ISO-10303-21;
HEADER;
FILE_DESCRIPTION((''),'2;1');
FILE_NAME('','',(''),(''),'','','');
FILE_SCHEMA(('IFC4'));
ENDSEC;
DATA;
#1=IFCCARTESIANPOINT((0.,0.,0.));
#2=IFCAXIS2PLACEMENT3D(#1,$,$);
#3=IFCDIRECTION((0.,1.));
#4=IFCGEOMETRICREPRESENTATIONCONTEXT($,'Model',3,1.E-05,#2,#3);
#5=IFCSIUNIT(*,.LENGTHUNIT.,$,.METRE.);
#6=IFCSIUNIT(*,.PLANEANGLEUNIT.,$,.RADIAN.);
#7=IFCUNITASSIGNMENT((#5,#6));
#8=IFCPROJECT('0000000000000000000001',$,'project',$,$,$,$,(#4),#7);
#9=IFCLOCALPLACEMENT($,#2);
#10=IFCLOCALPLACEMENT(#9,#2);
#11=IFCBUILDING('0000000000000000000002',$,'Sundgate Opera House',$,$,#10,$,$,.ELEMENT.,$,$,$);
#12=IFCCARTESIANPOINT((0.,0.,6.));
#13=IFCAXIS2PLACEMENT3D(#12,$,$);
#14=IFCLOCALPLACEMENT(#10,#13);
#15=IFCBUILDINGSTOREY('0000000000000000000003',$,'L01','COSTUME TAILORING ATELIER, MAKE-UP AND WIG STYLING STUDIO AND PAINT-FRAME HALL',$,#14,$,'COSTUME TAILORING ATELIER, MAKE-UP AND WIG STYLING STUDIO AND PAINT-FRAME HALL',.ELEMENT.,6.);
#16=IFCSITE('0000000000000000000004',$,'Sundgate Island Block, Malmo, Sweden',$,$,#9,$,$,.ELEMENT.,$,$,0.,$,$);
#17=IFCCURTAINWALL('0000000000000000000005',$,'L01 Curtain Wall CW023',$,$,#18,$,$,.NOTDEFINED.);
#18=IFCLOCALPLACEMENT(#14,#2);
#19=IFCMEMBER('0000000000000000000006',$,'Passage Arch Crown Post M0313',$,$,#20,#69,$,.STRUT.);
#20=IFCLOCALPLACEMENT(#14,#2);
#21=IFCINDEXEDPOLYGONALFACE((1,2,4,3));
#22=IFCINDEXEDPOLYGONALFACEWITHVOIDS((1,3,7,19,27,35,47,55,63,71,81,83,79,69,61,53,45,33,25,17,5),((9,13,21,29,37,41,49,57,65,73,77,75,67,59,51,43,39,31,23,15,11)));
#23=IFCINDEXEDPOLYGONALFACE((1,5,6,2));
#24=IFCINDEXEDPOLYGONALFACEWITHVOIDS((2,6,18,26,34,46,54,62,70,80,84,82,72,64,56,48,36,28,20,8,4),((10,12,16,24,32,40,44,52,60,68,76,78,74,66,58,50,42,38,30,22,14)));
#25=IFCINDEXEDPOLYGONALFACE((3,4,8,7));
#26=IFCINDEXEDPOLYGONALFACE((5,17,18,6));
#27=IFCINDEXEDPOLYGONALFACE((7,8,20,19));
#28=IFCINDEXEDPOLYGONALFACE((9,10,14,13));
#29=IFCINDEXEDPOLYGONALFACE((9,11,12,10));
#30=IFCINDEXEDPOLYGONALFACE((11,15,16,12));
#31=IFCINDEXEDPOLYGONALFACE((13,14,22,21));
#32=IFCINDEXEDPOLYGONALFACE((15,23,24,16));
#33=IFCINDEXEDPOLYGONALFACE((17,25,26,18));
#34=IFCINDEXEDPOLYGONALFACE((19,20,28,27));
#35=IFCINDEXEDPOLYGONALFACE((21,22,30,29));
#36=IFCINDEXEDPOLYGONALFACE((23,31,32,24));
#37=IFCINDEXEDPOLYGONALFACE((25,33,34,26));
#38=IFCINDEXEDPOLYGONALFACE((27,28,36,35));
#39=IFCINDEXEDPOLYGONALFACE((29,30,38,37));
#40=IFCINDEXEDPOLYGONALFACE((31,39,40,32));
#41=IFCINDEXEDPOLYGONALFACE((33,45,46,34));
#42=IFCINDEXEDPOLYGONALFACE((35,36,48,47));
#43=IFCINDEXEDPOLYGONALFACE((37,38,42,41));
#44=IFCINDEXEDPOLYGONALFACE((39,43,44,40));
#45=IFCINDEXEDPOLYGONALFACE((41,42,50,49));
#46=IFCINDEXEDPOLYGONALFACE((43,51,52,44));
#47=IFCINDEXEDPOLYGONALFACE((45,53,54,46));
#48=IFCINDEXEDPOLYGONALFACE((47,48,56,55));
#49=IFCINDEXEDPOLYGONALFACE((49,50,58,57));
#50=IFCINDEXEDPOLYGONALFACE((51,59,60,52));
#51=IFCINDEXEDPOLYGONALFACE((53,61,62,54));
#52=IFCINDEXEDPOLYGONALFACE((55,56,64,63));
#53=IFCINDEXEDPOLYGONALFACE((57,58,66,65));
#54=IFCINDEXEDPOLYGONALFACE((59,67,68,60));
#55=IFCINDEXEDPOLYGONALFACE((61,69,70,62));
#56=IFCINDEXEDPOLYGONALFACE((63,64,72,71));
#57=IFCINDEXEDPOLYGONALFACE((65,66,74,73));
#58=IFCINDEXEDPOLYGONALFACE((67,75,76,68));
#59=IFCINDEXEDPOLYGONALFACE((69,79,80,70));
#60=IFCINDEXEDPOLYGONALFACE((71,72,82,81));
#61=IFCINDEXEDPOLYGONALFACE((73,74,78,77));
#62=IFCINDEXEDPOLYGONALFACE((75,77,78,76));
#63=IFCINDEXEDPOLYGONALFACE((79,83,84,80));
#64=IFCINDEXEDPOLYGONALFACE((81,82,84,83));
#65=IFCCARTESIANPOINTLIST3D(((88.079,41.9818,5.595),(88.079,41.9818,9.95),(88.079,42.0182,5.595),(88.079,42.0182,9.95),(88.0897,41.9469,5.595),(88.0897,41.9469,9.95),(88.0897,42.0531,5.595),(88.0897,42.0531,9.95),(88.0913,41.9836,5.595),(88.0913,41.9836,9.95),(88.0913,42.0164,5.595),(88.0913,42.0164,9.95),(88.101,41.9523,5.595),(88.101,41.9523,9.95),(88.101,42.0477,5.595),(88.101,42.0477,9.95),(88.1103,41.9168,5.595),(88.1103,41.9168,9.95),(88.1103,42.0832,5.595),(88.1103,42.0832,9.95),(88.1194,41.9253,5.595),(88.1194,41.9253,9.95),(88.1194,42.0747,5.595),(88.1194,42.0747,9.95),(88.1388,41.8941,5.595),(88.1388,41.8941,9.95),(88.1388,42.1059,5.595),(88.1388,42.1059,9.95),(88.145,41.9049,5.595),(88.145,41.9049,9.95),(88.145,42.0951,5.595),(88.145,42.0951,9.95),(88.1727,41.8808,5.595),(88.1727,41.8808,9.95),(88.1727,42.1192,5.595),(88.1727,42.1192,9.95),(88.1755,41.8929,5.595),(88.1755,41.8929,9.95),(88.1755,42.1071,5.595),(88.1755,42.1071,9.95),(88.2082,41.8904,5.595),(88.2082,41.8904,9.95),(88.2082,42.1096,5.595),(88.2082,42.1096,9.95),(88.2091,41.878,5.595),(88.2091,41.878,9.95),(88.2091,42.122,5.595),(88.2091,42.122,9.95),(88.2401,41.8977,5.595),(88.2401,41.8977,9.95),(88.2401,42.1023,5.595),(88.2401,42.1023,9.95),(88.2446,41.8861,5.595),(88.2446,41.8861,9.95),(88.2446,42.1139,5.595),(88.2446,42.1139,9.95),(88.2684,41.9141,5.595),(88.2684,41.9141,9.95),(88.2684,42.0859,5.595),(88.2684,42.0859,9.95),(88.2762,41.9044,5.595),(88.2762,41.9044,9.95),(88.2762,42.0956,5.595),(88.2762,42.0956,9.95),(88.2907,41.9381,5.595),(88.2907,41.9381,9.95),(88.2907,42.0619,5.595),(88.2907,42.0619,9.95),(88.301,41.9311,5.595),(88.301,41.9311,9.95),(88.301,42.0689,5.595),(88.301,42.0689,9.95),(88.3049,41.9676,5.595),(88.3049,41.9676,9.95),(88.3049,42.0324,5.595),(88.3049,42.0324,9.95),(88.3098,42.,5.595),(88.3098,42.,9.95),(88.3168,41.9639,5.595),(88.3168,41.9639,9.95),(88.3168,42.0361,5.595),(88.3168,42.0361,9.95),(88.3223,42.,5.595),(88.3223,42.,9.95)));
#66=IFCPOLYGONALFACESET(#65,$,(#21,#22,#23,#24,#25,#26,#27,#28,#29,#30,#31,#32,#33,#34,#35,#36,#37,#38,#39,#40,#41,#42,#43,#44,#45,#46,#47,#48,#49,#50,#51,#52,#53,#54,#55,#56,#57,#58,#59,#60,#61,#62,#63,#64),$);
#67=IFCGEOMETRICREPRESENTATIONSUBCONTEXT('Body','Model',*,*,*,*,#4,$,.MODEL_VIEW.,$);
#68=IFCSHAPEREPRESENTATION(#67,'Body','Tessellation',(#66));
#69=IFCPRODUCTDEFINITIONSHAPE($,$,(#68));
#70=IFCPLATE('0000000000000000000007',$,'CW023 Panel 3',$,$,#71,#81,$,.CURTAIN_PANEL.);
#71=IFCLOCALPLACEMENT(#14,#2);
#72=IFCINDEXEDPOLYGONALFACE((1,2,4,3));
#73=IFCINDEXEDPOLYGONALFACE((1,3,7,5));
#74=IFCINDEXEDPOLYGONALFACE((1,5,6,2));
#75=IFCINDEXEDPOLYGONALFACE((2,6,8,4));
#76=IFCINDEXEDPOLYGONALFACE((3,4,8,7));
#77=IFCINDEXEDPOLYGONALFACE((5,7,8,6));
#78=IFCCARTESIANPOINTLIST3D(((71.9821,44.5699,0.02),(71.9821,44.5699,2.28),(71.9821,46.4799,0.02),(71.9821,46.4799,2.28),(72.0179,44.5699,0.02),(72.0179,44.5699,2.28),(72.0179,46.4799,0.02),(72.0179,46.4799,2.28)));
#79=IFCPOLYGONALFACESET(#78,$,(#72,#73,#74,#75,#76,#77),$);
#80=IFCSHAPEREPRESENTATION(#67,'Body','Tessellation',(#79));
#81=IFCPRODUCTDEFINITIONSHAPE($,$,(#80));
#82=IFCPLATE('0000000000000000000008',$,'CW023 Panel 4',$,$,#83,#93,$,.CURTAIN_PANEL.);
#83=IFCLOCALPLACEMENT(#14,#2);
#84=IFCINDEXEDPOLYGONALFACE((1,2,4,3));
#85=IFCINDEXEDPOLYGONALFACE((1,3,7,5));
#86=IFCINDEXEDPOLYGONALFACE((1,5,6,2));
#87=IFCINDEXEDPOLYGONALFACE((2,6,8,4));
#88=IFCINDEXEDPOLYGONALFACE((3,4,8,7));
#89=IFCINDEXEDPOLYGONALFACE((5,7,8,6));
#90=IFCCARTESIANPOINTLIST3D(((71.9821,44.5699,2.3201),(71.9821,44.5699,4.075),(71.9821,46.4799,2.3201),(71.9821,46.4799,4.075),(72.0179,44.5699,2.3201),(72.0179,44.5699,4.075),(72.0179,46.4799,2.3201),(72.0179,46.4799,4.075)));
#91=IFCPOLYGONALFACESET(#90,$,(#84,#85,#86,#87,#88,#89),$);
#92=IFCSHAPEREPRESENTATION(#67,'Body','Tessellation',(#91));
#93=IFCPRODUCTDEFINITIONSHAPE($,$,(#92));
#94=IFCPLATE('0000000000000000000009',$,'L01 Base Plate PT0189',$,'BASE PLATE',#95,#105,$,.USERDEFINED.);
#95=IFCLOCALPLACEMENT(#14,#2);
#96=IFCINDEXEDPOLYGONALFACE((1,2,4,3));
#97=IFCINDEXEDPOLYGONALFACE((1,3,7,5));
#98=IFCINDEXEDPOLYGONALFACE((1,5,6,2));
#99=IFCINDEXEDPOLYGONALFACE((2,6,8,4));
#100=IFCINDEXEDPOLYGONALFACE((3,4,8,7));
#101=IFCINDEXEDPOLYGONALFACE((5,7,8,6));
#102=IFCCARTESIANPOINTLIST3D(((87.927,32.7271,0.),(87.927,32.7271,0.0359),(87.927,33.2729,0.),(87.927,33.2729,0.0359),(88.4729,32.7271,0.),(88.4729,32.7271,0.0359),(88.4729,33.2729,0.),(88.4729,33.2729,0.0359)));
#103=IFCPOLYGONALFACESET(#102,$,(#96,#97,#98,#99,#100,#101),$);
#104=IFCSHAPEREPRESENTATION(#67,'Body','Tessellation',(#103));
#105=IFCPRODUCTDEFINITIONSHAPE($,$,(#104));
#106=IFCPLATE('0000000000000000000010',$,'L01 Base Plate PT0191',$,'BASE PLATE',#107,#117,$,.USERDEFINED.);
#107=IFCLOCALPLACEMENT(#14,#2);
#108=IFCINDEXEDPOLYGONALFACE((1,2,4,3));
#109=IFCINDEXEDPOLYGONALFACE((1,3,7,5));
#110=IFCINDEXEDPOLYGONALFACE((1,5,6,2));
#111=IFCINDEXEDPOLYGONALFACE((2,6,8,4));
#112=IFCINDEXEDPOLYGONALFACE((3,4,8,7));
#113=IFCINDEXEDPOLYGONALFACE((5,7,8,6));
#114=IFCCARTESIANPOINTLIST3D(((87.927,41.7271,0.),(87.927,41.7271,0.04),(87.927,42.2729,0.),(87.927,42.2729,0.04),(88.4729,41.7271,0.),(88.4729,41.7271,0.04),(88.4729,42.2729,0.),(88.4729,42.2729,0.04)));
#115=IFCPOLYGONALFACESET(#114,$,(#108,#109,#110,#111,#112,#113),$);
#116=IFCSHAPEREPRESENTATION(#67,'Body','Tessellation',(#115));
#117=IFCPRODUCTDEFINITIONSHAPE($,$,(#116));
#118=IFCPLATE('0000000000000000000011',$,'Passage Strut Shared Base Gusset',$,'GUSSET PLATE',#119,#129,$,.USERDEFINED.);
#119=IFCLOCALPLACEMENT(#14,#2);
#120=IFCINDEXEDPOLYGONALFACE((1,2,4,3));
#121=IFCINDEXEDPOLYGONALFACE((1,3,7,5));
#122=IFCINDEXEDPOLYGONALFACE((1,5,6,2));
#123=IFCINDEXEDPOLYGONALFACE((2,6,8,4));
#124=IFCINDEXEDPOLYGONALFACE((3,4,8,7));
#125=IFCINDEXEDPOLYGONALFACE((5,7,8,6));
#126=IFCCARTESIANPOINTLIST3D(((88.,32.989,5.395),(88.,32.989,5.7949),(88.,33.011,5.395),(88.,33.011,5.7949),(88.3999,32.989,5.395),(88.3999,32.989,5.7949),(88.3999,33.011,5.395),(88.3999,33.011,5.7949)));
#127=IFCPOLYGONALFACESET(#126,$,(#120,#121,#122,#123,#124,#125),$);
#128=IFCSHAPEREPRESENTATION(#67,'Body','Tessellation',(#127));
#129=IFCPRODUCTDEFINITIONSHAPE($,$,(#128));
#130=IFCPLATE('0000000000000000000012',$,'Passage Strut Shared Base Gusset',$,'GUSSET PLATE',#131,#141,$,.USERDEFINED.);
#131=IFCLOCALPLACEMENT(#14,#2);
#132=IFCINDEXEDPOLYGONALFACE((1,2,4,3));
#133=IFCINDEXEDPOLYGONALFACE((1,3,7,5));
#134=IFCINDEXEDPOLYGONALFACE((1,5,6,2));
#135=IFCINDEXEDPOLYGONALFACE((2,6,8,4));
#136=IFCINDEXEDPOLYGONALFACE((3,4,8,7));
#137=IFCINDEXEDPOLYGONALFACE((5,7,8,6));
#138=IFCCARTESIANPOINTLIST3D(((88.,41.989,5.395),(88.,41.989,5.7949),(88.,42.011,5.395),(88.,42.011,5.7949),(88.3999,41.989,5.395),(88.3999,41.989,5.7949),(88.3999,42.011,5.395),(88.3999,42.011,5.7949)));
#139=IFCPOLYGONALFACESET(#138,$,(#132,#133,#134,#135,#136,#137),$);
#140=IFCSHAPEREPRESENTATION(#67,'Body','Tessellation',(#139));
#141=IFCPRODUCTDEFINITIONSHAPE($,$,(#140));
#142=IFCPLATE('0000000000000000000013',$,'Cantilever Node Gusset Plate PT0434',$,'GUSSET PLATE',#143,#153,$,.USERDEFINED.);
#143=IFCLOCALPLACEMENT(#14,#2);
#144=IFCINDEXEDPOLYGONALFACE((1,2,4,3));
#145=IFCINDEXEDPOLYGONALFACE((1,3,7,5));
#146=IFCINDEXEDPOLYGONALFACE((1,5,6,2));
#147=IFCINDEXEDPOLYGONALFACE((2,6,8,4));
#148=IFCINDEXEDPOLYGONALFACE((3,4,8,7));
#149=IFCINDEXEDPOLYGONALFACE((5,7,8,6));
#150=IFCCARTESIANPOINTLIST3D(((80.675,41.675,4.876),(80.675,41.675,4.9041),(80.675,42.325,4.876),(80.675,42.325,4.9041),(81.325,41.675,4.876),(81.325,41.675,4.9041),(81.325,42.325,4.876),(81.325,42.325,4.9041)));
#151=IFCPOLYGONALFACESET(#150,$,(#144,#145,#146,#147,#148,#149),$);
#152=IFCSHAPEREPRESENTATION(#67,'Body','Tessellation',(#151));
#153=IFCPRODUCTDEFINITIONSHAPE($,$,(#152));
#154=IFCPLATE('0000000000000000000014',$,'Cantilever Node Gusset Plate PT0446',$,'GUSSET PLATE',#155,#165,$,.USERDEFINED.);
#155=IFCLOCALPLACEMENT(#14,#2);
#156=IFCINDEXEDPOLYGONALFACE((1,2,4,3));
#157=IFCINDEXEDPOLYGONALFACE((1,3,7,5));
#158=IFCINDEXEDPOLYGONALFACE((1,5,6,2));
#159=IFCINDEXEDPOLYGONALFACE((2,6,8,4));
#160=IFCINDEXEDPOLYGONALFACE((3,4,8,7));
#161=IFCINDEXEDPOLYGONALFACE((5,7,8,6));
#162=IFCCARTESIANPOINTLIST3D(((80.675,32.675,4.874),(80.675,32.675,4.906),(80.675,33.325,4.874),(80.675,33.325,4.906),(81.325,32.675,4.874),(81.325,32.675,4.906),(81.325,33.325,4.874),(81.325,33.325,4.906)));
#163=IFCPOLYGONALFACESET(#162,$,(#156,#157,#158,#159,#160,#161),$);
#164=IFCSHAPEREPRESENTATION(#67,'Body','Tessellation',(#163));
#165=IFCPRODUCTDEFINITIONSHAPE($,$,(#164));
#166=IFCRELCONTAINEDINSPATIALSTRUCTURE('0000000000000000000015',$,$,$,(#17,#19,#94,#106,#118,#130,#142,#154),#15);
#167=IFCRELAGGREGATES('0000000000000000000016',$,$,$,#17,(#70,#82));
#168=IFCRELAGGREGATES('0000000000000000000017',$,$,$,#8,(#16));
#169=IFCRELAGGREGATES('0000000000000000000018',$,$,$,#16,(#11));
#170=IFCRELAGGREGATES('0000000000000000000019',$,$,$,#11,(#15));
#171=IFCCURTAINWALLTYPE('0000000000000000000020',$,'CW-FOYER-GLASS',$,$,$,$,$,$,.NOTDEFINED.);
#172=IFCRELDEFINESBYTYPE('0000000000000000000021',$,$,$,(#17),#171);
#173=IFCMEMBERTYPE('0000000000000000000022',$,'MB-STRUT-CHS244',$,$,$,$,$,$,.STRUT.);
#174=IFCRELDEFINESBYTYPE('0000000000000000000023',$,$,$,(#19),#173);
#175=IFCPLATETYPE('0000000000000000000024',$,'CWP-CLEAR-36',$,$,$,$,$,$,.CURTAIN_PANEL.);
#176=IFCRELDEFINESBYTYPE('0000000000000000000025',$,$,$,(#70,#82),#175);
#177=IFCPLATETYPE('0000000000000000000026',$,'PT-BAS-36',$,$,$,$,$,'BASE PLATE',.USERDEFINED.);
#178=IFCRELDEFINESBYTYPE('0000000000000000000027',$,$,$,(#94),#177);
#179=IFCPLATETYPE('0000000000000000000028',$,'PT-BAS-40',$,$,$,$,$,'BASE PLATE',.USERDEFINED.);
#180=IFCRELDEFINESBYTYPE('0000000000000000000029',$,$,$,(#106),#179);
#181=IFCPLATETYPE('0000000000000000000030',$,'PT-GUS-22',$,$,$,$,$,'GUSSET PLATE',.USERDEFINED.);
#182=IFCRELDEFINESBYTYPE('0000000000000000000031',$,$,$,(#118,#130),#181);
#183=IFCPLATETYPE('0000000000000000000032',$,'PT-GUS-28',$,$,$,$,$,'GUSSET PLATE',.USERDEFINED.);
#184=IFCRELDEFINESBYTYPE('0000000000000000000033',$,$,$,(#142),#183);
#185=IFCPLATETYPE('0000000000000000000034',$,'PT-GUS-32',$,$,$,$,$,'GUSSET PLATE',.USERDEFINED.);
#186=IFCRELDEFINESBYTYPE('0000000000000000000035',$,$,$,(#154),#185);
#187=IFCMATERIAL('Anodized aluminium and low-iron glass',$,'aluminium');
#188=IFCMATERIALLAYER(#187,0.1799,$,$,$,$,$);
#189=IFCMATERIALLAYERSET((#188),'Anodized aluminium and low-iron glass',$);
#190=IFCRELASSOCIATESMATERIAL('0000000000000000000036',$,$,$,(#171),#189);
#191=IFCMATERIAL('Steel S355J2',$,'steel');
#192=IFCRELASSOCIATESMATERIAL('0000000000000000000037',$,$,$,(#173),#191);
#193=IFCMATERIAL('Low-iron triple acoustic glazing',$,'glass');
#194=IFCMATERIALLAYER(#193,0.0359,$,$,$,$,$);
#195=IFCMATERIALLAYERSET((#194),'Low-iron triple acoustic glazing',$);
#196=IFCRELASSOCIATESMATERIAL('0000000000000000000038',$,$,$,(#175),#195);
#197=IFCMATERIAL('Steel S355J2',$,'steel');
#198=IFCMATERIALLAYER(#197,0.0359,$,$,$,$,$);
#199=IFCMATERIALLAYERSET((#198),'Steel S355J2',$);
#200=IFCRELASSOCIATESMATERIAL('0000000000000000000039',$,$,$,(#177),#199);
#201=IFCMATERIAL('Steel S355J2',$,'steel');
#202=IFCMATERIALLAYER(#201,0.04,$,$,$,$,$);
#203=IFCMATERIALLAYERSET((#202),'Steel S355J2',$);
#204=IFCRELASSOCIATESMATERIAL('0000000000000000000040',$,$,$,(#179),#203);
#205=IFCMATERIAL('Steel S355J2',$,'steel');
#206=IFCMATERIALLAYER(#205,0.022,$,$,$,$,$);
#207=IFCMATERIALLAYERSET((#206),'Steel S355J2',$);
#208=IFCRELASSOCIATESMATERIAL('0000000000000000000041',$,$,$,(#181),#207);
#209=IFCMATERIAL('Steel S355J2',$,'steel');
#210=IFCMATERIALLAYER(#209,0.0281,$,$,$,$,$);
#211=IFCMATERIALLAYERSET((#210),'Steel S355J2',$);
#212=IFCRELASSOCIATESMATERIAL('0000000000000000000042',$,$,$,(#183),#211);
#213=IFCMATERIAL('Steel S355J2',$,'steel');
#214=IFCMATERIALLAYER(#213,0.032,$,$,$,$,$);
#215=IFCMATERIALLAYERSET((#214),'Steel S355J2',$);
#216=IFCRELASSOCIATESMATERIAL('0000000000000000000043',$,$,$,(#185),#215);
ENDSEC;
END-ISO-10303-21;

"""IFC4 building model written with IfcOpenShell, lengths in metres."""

from ifc_helpers import new_model, si_unit, direction, frame, origin, origin_2d, place, context, subcontext, project, spatial, rectangle, hollow_circle, extrude, material, layer, layer_set, material_profile, profile_set, type_object, element, aggregate, save


model = new_model("IFC4")

# Units and contexts
model_context = context("Model", 3, precision=1e-05, world=origin(), true_north=direction((0.0, 1.0)))
body_context = subcontext(model_context, "Body", "Model", "MODEL_VIEW")
ifc_project = project(units=[si_unit("LENGTHUNIT", "METRE"), si_unit("PLANEANGLEUNIT", "RADIAN")], contexts=[model_context])

# Site, building, storey
site_placement = place(None, origin())
site = spatial("IfcSite", under=ifc_project, at=site_placement, Name="Sundgate Island Block, Malmo, Sweden", CompositionType="ELEMENT", RefElevation=0.0)
building_placement = place(site_placement, origin())
building = spatial("IfcBuilding", under=site, at=building_placement, Name="Sundgate Opera House", CompositionType="ELEMENT")
storey_placement = place(building_placement, frame((0.0, 0.0, 6.0)))
storey = spatial("IfcBuildingStorey", under=building, at=storey_placement, Name="L01", Description="COSTUME TAILORING ATELIER, MAKE-UP AND WIG STYLING STUDIO AND PAINT-FRAME HALL", LongName="COSTUME TAILORING ATELIER, MAKE-UP AND WIG STYLING STUDIO AND PAINT-FRAME HALL", CompositionType="ELEMENT", Elevation=6.0)

# Curtain wall
ifc_material_1 = material(Name="Anodized aluminium and low-iron glass", Category="aluminium")
ifc_layer_1 = layer(ifc_material_1, 0.1799)
ifc_layer_set_1 = layer_set([ifc_layer_1], Name="Anodized aluminium and low-iron glass")
curtain_wall_type = type_object("IfcCurtainWallType", Name="CW-FOYER-GLASS", PredefinedType="NOTDEFINED", material=ifc_layer_set_1)
curtain_wall_placement = place(storey_placement, origin())
curtain_wall = element("IfcCurtainWall", 1, at=curtain_wall_placement, inside=storey, type_object=curtain_wall_type, Name="L01 Curtain Wall CW023", PredefinedType="NOTDEFINED")

# Member
ifc_material_2 = material(Name="Steel S355J2", Category="steel")
ifc_material_profile_1 = material_profile(ifc_material_2, hollow_circle(Radius=0.1223, WallThickness=0.0125, at=origin_2d()), Name="CHS 244.5x12.5")
ifc_profile_set_1 = profile_set([ifc_material_profile_1], Name="Steel S355J2")
member_type_1 = type_object("IfcMemberType", Name="MB-STRUT-CHS244", PredefinedType="STRUT", material=ifc_profile_set_1)
member_1_placement = place(storey_placement, frame((88.2, 42.0, 5.595), z_axis=(0.0, 0.0, 1.0), x_axis=(1.0, 0.0, 0.0)))
element("IfcMember", 2, at=member_1_placement, inside=storey, type_object=member_type_1, Name="Passage Arch Crown Post M0313", PredefinedType="STRUT", context=body_context, shape_type="SweptSolid", body=[
    extrude(hollow_circle(Radius=0.1223, WallThickness=0.0125, at=origin_2d()), origin(), (0.0, 0.0, 1.0), 4.355),
])

# Plates
ifc_material_3 = material(Name="Low-iron triple acoustic glazing", Category="glass")
ifc_layer_2 = layer(ifc_material_3, 0.0359)
ifc_layer_set_2 = layer_set([ifc_layer_2], Name="Low-iron triple acoustic glazing")
plate_type_1 = type_object("IfcPlateType", Name="CWP-CLEAR-36", PredefinedType="CURTAIN_PANEL", material=ifc_layer_set_2)
plate_1_placement = place(storey_placement, frame((72.0, 45.5249, 0.02), z_axis=(0.0, 0.0, 1.0), x_axis=(0.0, 1.0, 0.0)))
plate_1 = element("IfcPlate", 3, at=plate_1_placement, type_object=plate_type_1, Name="CW023 Panel 3", PredefinedType="CURTAIN_PANEL", context=body_context, shape_type="SweptSolid", body=[
    extrude(rectangle(XDim=1.9099, YDim=0.0359, at=origin_2d()), origin(), (0.0, 0.0, 1.0), 2.26),
])
plate_2_placement = place(storey_placement, frame((72.0, 45.5249, 2.3201), z_axis=(0.0, 0.0, 1.0), x_axis=(0.0, 1.0, 0.0)))
plate_2 = element("IfcPlate", 4, at=plate_2_placement, type_object=plate_type_1, Name="CW023 Panel 4", PredefinedType="CURTAIN_PANEL", context=body_context, shape_type="SweptSolid", body=[
    extrude(rectangle(XDim=1.9099, YDim=0.0359, at=origin_2d()), origin(), (0.0, 0.0, 1.0), 1.7549),
])
aggregate(curtain_wall, [plate_1, plate_2])

# Plates
ifc_material_4 = material(Name="Steel S355J2", Category="steel")
ifc_layer_3 = layer(ifc_material_4, 0.0359)
ifc_layer_set_3 = layer_set([ifc_layer_3], Name="Steel S355J2")
plate_type_2 = type_object("IfcPlateType", Name="PT-BAS-36", ElementType="BASE PLATE", PredefinedType="USERDEFINED", material=ifc_layer_set_3)
plate_3_placement = place(storey_placement, frame((88.2, 33.0, 0.0), z_axis=(0.0, 0.0, 1.0), x_axis=(1.0, 0.0, 0.0)))
element("IfcPlate", 5, at=plate_3_placement, inside=storey, type_object=plate_type_2, Name="L01 Base Plate PT0189", ObjectType="BASE PLATE", PredefinedType="USERDEFINED", context=body_context, shape_type="SweptSolid", body=[
    extrude(rectangle(XDim=0.5459, YDim=0.5459, at=origin_2d()), origin(), (0.0, 0.0, 1.0), 0.0359),
])
ifc_material_5 = material(Name="Steel S355J2", Category="steel")
ifc_layer_4 = layer(ifc_material_5, 0.04)
ifc_layer_set_4 = layer_set([ifc_layer_4], Name="Steel S355J2")
plate_type_3 = type_object("IfcPlateType", Name="PT-BAS-40", ElementType="BASE PLATE", PredefinedType="USERDEFINED", material=ifc_layer_set_4)
plate_4_placement = place(storey_placement, frame((88.2, 42.0, 0.0), z_axis=(0.0, 0.0, 1.0), x_axis=(1.0, 0.0, 0.0)))
element("IfcPlate", 6, at=plate_4_placement, inside=storey, type_object=plate_type_3, Name="L01 Base Plate PT0191", ObjectType="BASE PLATE", PredefinedType="USERDEFINED", context=body_context, shape_type="SweptSolid", body=[
    extrude(rectangle(XDim=0.5459, YDim=0.5459, at=origin_2d()), origin(), (0.0, 0.0, 1.0), 0.04),
])
ifc_material_6 = material(Name="Steel S355J2", Category="steel")
ifc_layer_5 = layer(ifc_material_6, 0.022)
ifc_layer_set_5 = layer_set([ifc_layer_5], Name="Steel S355J2")
plate_type_4 = type_object("IfcPlateType", Name="PT-GUS-22", ElementType="GUSSET PLATE", PredefinedType="USERDEFINED", material=ifc_layer_set_5)
for number, where, z_axis, x_axis, name in (
    (7, (88.2, 33.0, 5.395), (0.0, 0.0, 1.0), (1.0, 0.0, 0.0), "Passage Strut Shared Base Gusset"),
    (8, (88.2, 42.0, 5.395), (0.0, 0.0, 1.0), (1.0, 0.0, 0.0), "Passage Strut Shared Base Gusset"),
):
    element("IfcPlate", number, at=place(storey_placement, frame(where, z_axis=z_axis, x_axis=x_axis)), inside=storey, type_object=plate_type_4, Name=name, ObjectType="GUSSET PLATE", PredefinedType="USERDEFINED", context=body_context, shape_type="SweptSolid", body=[
        extrude(rectangle(XDim=0.3999, YDim=0.022, at=origin_2d()), origin(), (0.0, 0.0, 1.0), 0.3999),
    ])
ifc_material_7 = material(Name="Steel S355J2", Category="steel")
ifc_layer_6 = layer(ifc_material_7, 0.0281)
ifc_layer_set_6 = layer_set([ifc_layer_6], Name="Steel S355J2")
plate_type_5 = type_object("IfcPlateType", Name="PT-GUS-28", ElementType="GUSSET PLATE", PredefinedType="USERDEFINED", material=ifc_layer_set_6)
plate_5_placement = place(storey_placement, frame((81.0, 42.0, 4.876), z_axis=(0.0, 0.0, 1.0), x_axis=(1.0, 0.0, 0.0)))
element("IfcPlate", 9, at=plate_5_placement, inside=storey, type_object=plate_type_5, Name="Cantilever Node Gusset Plate PT0434", ObjectType="GUSSET PLATE", PredefinedType="USERDEFINED", context=body_context, shape_type="SweptSolid", body=[
    extrude(rectangle(XDim=0.6499, YDim=0.6499, at=origin_2d()), origin(), (0.0, 0.0, 1.0), 0.0281),
])
ifc_material_8 = material(Name="Steel S355J2", Category="steel")
ifc_layer_7 = layer(ifc_material_8, 0.032)
ifc_layer_set_7 = layer_set([ifc_layer_7], Name="Steel S355J2")
plate_type_6 = type_object("IfcPlateType", Name="PT-GUS-32", ElementType="GUSSET PLATE", PredefinedType="USERDEFINED", material=ifc_layer_set_7)
plate_6_placement = place(storey_placement, frame((81.0, 33.0, 4.874), z_axis=(0.0, 0.0, 1.0), x_axis=(1.0, 0.0, 0.0)))
element("IfcPlate", 10, at=plate_6_placement, inside=storey, type_object=plate_type_6, Name="Cantilever Node Gusset Plate PT0446", ObjectType="GUSSET PLATE", PredefinedType="USERDEFINED", context=body_context, shape_type="SweptSolid", body=[
    extrude(rectangle(XDim=0.6499, YDim=0.6499, at=origin_2d()), origin(), (0.0, 0.0, 1.0), 0.032),
])

save(model, "model.ifc")
